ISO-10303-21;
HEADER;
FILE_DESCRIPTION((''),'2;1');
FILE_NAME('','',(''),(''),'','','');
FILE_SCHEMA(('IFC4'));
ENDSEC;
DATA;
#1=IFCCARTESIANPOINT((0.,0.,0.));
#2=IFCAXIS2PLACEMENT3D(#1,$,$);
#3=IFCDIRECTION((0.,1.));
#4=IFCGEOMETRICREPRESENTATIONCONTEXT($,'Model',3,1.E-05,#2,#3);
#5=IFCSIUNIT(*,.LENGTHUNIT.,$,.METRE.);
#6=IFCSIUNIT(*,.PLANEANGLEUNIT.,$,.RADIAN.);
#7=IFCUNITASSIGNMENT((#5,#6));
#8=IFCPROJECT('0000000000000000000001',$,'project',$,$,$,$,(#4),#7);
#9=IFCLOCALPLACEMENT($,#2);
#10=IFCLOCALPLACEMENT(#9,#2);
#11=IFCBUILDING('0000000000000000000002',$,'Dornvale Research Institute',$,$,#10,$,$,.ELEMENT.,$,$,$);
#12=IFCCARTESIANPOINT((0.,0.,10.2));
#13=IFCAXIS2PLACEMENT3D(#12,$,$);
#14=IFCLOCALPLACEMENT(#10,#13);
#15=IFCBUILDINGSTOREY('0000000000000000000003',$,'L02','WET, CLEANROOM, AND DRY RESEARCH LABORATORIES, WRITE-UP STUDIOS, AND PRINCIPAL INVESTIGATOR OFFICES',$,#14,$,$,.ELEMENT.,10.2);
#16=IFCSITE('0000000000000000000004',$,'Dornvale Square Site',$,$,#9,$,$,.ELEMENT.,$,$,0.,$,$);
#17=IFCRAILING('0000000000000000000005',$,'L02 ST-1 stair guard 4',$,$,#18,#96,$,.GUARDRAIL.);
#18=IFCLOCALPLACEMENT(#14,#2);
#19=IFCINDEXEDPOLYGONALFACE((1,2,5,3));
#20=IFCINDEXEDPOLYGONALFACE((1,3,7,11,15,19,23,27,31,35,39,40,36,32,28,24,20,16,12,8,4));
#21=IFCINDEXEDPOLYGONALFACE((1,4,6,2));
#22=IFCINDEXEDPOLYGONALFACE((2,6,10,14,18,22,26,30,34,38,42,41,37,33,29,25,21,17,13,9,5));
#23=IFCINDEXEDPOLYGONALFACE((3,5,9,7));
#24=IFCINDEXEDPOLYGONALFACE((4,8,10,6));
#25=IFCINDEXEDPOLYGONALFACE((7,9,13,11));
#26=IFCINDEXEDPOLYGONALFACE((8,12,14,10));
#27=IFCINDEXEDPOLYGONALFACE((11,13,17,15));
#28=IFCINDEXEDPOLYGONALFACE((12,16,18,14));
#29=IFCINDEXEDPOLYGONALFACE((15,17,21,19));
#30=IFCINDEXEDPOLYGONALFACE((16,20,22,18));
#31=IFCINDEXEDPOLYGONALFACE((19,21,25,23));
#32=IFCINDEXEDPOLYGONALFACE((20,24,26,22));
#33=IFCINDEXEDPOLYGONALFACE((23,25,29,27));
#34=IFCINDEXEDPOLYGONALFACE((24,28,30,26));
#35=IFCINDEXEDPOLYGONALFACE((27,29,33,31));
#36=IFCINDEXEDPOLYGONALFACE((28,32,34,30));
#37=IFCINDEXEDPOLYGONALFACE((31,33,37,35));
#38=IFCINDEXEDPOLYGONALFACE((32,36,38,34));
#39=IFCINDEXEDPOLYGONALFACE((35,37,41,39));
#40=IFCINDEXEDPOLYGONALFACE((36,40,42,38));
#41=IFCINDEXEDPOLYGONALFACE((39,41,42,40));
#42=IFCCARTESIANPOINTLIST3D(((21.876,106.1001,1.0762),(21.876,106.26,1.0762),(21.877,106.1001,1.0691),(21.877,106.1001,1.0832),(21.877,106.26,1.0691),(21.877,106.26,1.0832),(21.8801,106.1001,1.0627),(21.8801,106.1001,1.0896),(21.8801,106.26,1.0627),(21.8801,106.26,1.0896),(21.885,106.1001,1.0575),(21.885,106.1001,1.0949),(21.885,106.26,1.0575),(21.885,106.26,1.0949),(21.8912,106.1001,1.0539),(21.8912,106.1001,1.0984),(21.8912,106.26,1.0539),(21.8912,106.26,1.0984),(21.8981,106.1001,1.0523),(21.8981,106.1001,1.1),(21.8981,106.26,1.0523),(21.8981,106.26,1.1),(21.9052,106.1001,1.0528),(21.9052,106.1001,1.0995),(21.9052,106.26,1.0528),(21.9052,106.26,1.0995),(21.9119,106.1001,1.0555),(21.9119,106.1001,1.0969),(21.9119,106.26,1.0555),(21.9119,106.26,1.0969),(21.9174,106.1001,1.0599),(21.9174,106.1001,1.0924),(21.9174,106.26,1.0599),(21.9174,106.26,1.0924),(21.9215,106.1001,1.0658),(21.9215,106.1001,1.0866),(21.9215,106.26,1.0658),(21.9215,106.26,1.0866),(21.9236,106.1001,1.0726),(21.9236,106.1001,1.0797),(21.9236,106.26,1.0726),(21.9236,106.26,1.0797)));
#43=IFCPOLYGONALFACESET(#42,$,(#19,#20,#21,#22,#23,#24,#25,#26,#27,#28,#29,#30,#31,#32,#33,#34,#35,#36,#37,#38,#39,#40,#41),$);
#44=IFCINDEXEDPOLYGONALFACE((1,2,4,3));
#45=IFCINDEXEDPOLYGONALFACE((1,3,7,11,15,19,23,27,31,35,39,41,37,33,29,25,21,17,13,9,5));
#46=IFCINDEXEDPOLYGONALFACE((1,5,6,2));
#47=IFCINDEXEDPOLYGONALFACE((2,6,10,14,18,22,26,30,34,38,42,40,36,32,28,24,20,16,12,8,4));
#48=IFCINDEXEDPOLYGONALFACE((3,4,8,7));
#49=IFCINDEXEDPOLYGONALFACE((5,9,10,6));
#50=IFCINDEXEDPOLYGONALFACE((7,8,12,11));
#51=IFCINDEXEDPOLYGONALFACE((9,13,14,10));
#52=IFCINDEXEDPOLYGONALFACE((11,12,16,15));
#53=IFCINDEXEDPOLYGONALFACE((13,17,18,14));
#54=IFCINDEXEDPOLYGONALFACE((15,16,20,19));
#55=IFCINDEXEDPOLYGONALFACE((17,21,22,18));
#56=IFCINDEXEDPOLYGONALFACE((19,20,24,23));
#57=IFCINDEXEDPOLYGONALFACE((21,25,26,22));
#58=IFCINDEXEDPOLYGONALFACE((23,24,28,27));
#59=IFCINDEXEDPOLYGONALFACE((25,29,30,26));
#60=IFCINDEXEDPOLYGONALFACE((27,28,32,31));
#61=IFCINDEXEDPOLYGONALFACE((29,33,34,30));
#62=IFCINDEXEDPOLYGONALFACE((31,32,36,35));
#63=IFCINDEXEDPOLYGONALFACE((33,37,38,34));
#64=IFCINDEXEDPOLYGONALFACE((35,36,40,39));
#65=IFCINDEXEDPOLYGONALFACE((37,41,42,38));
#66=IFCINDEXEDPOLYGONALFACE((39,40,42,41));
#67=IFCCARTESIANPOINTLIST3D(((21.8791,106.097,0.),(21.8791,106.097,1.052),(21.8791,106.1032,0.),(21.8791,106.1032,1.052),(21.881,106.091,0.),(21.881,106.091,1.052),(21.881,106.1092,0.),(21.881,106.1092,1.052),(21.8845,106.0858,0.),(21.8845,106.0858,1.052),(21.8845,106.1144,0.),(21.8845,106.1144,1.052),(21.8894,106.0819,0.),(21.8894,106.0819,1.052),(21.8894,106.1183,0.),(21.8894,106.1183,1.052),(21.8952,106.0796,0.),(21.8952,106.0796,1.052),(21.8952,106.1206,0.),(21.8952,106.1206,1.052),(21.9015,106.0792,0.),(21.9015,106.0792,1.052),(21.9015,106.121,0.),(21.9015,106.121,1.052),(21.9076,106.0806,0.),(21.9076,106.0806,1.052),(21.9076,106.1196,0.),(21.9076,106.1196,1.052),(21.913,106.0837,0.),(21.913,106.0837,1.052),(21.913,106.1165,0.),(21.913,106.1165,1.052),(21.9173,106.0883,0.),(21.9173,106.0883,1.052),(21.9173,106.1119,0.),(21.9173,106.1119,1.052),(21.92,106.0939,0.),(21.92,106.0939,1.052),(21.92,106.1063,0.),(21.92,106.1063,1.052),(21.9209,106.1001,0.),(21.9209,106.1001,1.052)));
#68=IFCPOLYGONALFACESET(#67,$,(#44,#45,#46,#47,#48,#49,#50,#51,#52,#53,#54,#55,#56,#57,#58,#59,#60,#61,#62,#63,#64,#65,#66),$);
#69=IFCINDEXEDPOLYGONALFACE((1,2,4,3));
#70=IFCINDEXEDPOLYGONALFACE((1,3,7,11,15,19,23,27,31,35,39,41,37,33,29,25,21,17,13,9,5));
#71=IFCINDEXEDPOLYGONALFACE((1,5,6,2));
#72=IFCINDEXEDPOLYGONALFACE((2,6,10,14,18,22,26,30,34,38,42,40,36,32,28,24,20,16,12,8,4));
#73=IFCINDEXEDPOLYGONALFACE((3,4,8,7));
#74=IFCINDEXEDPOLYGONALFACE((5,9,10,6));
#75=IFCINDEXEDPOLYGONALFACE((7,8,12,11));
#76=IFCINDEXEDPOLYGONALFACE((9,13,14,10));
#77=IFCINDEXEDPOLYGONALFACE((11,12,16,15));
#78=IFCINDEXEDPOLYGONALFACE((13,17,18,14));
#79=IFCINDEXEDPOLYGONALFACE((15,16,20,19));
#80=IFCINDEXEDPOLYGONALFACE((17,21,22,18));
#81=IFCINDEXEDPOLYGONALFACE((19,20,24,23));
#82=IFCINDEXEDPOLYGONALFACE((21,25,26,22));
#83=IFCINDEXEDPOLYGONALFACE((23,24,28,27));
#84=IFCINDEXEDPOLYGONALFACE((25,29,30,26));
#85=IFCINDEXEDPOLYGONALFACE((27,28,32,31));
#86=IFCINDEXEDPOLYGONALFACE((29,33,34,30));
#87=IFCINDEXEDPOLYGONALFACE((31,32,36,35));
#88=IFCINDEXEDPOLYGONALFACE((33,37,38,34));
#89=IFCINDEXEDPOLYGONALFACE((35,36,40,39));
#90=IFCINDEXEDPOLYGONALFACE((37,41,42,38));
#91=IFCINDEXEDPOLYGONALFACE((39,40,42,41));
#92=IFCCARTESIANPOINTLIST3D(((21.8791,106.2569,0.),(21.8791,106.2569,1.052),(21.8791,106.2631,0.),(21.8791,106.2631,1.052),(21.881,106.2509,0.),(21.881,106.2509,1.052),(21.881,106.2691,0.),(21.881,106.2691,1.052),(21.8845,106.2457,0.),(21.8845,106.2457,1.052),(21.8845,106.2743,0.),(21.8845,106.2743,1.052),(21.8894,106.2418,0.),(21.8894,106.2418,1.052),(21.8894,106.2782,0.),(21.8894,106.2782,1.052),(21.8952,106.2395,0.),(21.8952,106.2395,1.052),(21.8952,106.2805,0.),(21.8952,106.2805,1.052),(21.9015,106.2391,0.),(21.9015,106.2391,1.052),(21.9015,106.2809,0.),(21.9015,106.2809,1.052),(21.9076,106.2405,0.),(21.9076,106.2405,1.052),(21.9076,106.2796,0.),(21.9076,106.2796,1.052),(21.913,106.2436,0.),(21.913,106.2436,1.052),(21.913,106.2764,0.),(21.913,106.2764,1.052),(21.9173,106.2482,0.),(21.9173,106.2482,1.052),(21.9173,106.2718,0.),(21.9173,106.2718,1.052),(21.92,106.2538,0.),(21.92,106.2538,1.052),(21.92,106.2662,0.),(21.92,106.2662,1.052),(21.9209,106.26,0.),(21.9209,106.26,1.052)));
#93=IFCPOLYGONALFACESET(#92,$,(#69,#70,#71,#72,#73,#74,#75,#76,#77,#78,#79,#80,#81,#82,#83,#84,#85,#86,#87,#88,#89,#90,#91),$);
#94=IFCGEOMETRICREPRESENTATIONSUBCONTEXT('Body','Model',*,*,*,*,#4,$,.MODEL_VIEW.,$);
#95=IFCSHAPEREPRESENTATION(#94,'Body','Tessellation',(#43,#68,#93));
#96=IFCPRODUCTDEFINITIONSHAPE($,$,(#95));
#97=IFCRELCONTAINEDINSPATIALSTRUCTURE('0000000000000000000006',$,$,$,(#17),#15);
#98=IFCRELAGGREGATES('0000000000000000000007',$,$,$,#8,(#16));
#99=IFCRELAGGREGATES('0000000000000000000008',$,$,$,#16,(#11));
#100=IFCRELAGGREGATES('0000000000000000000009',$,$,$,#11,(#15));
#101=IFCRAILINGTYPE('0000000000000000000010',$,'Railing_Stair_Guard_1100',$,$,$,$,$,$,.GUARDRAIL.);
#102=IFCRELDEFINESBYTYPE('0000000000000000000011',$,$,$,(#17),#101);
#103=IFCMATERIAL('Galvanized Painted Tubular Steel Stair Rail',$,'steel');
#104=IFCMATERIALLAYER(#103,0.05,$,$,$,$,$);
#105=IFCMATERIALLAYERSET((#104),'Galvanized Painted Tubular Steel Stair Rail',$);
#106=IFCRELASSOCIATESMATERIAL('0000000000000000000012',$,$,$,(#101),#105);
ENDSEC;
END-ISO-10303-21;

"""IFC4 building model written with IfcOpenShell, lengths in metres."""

from ifc_helpers import new_model, si_unit, direction, frame, origin, origin_2d, place, context, subcontext, project, spatial, circle, extrude, material, layer, layer_set, type_object, element, save


model = new_model("IFC4")

# Units and contexts
model_context = context("Model", 3, precision=1e-05, world=origin(), true_north=direction((0.0, 1.0)))
body_context = subcontext(model_context, "Body", "Model", "MODEL_VIEW")
ifc_project = project(units=[si_unit("LENGTHUNIT", "METRE"), si_unit("PLANEANGLEUNIT", "RADIAN")], contexts=[model_context])

# Site, building, storey
site_placement = place(None, origin())
site = spatial("IfcSite", under=ifc_project, at=site_placement, Name="Dornvale Square Site", CompositionType="ELEMENT", RefElevation=0.0)
building_placement = place(site_placement, origin())
building = spatial("IfcBuilding", under=site, at=building_placement, Name="Dornvale Research Institute", CompositionType="ELEMENT")
storey_placement = place(building_placement, frame((0.0, 0.0, 10.2)))
storey = spatial("IfcBuildingStorey", under=building, at=storey_placement, Name="L02", Description="WET, CLEANROOM, AND DRY RESEARCH LABORATORIES, WRITE-UP STUDIOS, AND PRINCIPAL INVESTIGATOR OFFICES", CompositionType="ELEMENT", Elevation=10.2)

# Railing
ifc_material_1 = material(Name="Galvanized Painted Tubular Steel Stair Rail", Category="steel")
ifc_layer_1 = layer(ifc_material_1, 0.05)
ifc_layer_set_1 = layer_set([ifc_layer_1], Name="Galvanized Painted Tubular Steel Stair Rail")
railing_type_1 = type_object("IfcRailingType", Name="Railing_Stair_Guard_1100", PredefinedType="GUARDRAIL", material=ifc_layer_set_1)
railing_1_placement = place(storey_placement, frame((21.8999, 106.1001, 0.0)))
element("IfcRailing", 1, at=railing_1_placement, inside=storey, type_object=railing_type_1, Name="L02 ST-1 stair guard 4", PredefinedType="GUARDRAIL", context=body_context, shape_type="SweptSolid", body=[
    extrude(circle(Radius=0.0239, at=origin_2d()), frame((0.0, 0.0, 1.0762), z_axis=(0.0, 1.0, 0.0), x_axis=(-1.0, 0.0, 0.0)), (0.0, 0.0, 1.0), 0.1599),
    extrude(circle(Radius=0.021, at=origin_2d()), origin(), (0.0, 0.0, 1.0), 1.052),
    extrude(circle(Radius=0.021, at=origin_2d()), frame((0.0, 0.1599, 0.0)), (0.0, 0.0, 1.0), 1.052),
])

save(model, "model.ifc")
